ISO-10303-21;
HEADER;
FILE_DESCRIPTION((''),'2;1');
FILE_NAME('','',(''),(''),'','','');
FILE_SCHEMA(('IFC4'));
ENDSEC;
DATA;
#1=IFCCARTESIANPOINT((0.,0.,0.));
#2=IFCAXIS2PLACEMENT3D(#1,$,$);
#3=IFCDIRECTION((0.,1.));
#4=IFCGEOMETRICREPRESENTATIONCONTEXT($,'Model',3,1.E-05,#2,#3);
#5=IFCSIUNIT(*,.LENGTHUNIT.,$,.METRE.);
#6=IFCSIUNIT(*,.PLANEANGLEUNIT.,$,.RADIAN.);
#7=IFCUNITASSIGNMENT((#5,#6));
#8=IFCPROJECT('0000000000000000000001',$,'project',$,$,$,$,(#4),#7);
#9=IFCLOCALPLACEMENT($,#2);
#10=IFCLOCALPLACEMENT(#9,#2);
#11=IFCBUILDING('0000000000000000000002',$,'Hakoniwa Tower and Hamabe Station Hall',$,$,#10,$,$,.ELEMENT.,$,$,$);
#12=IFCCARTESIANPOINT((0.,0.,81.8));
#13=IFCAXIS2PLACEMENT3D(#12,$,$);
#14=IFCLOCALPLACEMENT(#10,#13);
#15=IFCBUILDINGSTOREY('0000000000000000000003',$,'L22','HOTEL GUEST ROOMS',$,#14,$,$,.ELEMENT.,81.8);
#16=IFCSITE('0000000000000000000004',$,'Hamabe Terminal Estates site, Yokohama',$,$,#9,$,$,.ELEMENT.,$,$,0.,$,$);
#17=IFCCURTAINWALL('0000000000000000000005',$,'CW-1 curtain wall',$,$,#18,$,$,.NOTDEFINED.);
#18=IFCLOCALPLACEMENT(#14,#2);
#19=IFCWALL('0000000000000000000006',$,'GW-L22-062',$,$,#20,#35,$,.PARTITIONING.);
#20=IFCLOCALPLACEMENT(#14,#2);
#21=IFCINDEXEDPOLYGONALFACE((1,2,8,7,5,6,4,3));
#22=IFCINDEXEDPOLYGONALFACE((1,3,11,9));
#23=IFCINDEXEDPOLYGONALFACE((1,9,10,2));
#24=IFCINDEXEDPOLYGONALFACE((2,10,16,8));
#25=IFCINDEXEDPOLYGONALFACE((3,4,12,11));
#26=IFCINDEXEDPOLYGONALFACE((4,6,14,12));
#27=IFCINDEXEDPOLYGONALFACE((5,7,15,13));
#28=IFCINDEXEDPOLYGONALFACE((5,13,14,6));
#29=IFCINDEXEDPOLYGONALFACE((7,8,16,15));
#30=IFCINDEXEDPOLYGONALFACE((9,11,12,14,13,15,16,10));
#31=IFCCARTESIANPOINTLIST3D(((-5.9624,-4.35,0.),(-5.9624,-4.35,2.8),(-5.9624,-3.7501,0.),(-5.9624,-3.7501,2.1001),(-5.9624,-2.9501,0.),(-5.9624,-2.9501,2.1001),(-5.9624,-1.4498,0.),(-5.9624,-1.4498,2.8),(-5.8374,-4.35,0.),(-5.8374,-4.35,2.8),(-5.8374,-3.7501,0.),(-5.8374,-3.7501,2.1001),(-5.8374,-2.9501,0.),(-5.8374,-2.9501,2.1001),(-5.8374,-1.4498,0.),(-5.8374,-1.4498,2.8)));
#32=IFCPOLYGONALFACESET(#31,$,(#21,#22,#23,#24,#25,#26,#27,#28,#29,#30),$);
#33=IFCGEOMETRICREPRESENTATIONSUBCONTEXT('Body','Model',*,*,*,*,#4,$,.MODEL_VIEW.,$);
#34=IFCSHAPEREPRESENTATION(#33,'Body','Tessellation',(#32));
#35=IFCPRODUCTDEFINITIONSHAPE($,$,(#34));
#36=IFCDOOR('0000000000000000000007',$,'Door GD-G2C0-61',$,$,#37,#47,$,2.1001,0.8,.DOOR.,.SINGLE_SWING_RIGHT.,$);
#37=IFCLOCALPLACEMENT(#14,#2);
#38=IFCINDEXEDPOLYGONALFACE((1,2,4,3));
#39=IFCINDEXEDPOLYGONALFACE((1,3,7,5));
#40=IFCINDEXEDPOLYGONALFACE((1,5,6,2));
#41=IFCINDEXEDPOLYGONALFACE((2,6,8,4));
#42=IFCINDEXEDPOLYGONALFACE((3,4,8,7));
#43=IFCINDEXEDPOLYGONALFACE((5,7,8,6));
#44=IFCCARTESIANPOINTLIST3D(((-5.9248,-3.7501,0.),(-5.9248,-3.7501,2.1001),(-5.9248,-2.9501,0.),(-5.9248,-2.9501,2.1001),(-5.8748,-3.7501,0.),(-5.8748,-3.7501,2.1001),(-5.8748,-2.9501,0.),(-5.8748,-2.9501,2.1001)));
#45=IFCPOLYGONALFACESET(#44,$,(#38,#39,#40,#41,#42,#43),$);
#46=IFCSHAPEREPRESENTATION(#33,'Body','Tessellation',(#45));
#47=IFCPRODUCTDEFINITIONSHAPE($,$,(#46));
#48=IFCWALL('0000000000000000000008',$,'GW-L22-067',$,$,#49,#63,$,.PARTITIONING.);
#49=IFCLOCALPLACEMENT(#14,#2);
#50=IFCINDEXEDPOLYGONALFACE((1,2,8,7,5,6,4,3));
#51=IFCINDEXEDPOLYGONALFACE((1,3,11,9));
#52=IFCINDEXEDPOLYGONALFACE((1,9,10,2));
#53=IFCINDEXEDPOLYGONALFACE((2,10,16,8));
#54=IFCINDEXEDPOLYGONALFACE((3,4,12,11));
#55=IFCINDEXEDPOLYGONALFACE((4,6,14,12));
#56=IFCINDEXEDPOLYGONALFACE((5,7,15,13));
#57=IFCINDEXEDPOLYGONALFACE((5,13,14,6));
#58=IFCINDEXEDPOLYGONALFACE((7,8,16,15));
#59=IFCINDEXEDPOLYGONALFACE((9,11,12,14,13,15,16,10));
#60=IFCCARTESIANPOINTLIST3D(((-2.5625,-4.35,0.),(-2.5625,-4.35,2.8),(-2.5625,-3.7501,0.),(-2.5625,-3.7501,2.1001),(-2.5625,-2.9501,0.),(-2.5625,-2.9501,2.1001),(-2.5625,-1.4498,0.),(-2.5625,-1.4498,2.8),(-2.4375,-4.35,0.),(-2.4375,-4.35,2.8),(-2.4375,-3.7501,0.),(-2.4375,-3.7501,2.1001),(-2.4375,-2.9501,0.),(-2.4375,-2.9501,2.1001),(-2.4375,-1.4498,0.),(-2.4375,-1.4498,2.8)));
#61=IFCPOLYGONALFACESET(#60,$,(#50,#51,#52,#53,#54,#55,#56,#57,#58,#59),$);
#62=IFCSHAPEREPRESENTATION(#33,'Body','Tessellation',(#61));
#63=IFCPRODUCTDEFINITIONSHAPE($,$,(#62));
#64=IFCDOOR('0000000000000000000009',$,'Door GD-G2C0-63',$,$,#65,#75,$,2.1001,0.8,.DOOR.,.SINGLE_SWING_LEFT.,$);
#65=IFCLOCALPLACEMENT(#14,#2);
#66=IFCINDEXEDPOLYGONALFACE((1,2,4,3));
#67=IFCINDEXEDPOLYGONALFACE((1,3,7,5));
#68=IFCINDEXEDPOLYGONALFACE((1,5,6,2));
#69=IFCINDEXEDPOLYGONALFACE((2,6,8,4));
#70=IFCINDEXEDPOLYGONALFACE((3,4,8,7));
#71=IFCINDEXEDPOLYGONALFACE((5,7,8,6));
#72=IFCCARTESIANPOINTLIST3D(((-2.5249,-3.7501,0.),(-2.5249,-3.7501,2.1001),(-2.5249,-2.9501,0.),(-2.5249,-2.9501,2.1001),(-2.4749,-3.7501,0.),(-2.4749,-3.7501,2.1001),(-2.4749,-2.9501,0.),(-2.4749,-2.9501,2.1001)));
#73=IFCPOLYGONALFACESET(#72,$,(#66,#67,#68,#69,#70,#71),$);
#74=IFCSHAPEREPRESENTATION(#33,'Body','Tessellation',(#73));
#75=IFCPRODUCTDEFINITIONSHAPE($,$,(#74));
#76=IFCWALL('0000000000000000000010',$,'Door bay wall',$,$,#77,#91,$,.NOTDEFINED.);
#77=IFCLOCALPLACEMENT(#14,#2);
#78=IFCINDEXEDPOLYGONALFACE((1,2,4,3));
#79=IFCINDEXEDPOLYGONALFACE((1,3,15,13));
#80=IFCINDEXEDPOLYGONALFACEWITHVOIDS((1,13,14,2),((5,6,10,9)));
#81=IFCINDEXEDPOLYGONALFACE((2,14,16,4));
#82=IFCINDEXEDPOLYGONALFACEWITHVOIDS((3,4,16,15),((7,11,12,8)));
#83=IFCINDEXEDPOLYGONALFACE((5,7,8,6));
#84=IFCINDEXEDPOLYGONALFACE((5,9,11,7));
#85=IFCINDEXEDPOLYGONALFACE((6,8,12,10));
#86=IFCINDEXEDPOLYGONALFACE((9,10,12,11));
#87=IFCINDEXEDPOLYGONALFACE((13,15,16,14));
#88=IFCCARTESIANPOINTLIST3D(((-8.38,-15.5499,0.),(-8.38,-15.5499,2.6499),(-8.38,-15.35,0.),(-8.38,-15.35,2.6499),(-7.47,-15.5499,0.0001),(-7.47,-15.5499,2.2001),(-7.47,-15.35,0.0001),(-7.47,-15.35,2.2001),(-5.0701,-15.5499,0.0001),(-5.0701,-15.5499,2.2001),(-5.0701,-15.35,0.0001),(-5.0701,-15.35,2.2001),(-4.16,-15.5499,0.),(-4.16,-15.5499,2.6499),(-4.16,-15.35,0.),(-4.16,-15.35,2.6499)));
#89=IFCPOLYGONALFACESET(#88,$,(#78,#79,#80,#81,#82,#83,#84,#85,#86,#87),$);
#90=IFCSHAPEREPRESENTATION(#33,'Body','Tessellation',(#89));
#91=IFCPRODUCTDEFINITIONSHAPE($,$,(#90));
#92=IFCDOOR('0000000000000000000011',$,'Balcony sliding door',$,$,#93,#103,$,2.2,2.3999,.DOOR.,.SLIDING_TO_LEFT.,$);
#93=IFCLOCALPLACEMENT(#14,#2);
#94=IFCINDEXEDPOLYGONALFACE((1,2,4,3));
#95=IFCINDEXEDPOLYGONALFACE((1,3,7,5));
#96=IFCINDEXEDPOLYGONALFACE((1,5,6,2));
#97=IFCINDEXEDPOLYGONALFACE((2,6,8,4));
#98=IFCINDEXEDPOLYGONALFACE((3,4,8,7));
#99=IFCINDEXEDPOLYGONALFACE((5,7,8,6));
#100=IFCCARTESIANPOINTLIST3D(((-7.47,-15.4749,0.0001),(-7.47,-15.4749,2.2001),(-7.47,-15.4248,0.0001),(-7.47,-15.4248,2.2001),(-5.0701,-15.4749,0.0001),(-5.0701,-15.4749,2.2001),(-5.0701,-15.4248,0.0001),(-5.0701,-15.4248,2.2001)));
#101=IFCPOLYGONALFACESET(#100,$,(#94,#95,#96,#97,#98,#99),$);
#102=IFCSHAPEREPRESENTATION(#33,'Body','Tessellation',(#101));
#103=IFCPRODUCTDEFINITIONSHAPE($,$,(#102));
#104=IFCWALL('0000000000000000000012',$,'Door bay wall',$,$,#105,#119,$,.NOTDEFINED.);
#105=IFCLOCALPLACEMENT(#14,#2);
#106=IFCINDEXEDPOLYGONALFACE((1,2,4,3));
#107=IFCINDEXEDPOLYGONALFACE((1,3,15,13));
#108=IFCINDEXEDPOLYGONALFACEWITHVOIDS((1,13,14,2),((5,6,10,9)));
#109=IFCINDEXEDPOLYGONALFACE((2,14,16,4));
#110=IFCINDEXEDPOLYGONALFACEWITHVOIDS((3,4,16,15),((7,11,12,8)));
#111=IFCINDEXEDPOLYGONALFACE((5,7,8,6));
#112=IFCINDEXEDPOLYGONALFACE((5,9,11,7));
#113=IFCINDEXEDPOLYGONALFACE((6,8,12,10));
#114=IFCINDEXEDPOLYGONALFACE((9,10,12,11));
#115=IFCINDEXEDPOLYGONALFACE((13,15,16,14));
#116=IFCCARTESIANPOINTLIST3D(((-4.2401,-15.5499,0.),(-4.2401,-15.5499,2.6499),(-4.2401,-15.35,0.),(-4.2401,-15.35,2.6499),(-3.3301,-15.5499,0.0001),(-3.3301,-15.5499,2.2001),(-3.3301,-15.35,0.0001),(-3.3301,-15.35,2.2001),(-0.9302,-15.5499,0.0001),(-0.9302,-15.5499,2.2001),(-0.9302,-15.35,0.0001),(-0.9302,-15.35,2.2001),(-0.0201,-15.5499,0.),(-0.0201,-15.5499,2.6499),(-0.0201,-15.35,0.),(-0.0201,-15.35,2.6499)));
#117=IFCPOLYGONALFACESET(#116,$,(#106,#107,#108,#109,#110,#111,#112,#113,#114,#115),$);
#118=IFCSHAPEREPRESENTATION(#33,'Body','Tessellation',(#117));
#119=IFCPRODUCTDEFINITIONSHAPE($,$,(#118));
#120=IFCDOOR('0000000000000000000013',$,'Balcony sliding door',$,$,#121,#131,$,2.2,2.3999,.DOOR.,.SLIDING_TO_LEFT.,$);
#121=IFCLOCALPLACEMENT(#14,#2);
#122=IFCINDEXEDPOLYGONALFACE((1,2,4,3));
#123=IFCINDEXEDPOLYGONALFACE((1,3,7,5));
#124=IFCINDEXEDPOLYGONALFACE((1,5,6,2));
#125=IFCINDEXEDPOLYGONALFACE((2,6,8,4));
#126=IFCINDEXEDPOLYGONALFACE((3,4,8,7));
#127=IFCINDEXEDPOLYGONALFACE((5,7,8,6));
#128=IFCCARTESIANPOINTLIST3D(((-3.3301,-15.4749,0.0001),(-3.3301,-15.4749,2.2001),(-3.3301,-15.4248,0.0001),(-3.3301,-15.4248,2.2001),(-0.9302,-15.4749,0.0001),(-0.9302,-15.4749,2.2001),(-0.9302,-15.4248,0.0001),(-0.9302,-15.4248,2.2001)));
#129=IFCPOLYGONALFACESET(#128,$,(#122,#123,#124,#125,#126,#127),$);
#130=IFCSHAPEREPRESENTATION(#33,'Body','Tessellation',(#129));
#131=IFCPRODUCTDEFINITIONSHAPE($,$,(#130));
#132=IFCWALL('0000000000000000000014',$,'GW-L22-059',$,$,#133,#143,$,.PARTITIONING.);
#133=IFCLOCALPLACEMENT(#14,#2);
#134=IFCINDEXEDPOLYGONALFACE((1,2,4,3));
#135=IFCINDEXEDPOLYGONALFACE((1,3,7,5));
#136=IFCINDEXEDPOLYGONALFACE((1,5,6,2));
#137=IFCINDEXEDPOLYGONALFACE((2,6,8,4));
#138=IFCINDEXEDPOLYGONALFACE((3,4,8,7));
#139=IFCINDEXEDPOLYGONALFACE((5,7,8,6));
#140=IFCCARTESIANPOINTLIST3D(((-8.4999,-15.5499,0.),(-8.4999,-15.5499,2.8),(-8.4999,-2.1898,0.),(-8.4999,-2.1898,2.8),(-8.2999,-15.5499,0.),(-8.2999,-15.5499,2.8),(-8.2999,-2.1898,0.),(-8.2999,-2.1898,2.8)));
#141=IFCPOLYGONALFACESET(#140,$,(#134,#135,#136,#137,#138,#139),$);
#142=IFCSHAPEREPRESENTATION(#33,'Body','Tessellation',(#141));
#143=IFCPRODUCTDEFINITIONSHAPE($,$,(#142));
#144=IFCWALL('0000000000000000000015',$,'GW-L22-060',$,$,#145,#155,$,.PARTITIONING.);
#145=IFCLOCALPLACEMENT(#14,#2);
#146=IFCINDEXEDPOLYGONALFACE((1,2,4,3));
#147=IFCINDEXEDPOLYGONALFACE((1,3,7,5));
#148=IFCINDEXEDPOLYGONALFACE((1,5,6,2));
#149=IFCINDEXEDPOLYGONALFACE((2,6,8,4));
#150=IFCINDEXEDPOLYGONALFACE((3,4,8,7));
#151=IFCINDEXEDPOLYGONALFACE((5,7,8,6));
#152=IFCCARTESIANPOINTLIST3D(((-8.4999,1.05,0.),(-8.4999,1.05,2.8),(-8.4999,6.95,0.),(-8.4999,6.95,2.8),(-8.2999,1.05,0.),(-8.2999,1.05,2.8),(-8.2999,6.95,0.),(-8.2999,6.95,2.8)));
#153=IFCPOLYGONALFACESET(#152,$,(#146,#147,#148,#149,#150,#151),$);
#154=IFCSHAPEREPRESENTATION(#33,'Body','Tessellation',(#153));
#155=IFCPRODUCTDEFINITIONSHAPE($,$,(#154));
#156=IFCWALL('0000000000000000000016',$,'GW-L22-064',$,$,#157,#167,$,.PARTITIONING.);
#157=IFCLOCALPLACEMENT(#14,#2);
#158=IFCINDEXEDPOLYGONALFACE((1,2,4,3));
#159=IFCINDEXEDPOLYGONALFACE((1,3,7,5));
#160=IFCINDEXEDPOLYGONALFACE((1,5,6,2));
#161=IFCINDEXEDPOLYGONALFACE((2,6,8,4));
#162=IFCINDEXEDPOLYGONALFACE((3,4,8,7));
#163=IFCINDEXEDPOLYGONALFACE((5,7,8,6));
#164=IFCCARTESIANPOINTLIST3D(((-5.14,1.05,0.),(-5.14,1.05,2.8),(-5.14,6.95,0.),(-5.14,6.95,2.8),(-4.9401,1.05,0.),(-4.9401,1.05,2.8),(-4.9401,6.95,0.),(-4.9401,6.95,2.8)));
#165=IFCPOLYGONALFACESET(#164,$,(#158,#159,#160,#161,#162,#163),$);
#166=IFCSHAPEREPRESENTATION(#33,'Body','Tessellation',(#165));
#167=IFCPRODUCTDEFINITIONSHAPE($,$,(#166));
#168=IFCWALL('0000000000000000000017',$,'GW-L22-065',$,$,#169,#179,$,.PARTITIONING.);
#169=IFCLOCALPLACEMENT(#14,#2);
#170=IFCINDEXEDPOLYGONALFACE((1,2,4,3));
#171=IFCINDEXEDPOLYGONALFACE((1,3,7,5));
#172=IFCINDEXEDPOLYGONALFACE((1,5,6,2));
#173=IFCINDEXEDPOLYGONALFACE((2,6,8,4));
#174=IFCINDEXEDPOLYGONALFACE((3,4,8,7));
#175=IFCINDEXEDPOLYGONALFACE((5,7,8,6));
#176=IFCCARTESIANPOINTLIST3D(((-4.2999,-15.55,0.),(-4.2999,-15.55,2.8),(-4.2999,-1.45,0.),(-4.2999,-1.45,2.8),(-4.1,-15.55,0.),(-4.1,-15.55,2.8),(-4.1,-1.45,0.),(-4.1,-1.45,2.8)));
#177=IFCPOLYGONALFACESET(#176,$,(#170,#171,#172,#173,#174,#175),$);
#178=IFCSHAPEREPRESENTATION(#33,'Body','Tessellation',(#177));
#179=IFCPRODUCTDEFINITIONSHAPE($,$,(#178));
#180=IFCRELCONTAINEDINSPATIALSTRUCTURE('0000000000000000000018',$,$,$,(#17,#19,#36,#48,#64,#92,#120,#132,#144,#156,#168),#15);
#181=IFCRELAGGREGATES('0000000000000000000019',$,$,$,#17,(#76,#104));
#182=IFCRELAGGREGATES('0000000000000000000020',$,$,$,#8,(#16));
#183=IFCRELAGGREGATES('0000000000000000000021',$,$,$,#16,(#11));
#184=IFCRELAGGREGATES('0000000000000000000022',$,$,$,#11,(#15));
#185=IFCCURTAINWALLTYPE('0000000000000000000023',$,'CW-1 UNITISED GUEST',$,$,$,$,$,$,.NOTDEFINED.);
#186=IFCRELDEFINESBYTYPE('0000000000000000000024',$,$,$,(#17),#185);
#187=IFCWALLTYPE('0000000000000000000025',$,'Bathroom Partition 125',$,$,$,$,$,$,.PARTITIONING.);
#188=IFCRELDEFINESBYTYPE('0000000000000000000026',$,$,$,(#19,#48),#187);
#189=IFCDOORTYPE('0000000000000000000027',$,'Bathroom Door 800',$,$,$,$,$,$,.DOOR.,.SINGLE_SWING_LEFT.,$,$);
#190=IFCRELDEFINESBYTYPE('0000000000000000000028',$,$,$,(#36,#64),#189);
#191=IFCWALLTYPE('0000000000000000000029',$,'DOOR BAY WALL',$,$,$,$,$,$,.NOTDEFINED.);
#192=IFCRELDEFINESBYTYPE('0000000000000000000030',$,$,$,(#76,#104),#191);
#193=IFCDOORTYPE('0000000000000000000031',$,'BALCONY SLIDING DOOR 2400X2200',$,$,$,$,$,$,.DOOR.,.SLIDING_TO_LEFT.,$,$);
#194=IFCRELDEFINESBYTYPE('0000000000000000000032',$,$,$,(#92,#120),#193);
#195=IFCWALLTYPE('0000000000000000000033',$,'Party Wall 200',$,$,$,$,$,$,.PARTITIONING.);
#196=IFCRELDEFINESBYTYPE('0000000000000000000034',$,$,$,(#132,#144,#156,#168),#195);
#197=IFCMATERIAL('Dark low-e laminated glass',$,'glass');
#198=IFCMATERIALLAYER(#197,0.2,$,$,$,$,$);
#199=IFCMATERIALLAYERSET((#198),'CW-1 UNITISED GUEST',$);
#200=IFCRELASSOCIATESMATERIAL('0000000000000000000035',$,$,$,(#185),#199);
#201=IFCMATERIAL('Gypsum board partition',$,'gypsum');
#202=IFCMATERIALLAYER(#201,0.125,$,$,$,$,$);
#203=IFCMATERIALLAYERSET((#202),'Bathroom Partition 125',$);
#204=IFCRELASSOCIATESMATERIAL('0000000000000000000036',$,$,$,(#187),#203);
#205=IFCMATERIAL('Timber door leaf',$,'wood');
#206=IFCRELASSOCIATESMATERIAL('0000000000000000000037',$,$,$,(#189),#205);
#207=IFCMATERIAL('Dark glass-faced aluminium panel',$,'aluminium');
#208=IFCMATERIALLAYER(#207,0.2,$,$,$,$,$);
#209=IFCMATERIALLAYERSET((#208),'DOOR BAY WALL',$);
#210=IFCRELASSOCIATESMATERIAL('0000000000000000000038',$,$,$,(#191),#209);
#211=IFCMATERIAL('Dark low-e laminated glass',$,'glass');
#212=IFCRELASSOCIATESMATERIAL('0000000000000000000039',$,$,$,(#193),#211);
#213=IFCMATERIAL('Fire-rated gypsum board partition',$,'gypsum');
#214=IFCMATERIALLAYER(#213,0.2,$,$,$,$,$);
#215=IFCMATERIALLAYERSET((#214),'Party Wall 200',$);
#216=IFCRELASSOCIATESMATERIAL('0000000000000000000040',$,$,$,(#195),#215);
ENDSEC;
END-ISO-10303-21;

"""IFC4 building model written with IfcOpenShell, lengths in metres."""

from ifc_helpers import new_model, si_unit, direction, frame, frame_2d, origin, place, context, subcontext, project, spatial, rectangle, extrude, material, layer, layer_set, type_object, element, fill, aggregate, save


model = new_model("IFC4")

# Units and contexts
model_context = context("Model", 3, precision=1e-05, world=origin(), true_north=direction((0.0, 1.0)))
body_context = subcontext(model_context, "Body", "Model", "MODEL_VIEW")
ifc_project = project(units=[si_unit("LENGTHUNIT", "METRE"), si_unit("PLANEANGLEUNIT", "RADIAN")], contexts=[model_context])

# Site, building, storey
site_placement = place(None, origin())
site = spatial("IfcSite", under=ifc_project, at=site_placement, Name="Hamabe Terminal Estates site, Yokohama", CompositionType="ELEMENT", RefElevation=0.0)
building_placement = place(site_placement, origin())
building = spatial("IfcBuilding", under=site, at=building_placement, Name="Hakoniwa Tower and Hamabe Station Hall", CompositionType="ELEMENT")
storey_placement = place(building_placement, frame((0.0, 0.0, 81.8)))
storey = spatial("IfcBuildingStorey", under=building, at=storey_placement, Name="L22", Description="HOTEL GUEST ROOMS", CompositionType="ELEMENT", Elevation=81.8)

# Curtain wall
ifc_material_1 = material(Name="Dark low-e laminated glass", Category="glass")
ifc_layer_1 = layer(ifc_material_1, 0.2)
ifc_layer_set_1 = layer_set([ifc_layer_1], Name="CW-1 UNITISED GUEST")
curtain_wall_type = type_object("IfcCurtainWallType", Name="CW-1 UNITISED GUEST", PredefinedType="NOTDEFINED", material=ifc_layer_set_1)
curtain_wall_placement = place(storey_placement, origin())
curtain_wall = element("IfcCurtainWall", 1, at=curtain_wall_placement, inside=storey, type_object=curtain_wall_type, Name="CW-1 curtain wall", PredefinedType="NOTDEFINED")

# Shared definitions
ifc_material_2 = material(Name="Gypsum board partition", Category="gypsum")
ifc_layer_2 = layer(ifc_material_2, 0.125)
ifc_layer_set_2 = layer_set([ifc_layer_2], Name="Bathroom Partition 125")
wall_type_1 = type_object("IfcWallType", Name="Bathroom Partition 125", PredefinedType="PARTITIONING", material=ifc_layer_set_2)
ifc_material_3 = material(Name="Timber door leaf", Category="wood")
door_type_1 = type_object("IfcDoorType", Name="Bathroom Door 800", OperationType="SINGLE_SWING_LEFT", PredefinedType="DOOR", material=ifc_material_3)

# Walls, openings, doors
wall_1_placement = place(storey_placement, frame((-5.8999, -4.3501, 0.0), z_axis=(0.0, 0.0, 1.0), x_axis=(0.0, 1.0, 0.0)))
wall_1 = element("IfcWall", 2, at=wall_1_placement, inside=storey, type_object=wall_type_1, Name="GW-L22-062", PredefinedType="PARTITIONING", context=body_context, shape_type="SweptSolid", body=[
    extrude(rectangle(XDim=2.9001, YDim=0.125, at=frame_2d((1.4502, 0.0))), origin(), (0.0, 0.0, 1.0), 2.8),
])
opening_1_placement = place(wall_1_placement, frame((0.6001, 0.0, 0.0)))
opening_1 = element("IfcOpeningElement", 3, at=opening_1_placement, cuts=wall_1, PredefinedType="OPENING", context=body_context, shape_type="SweptSolid", body=[
    extrude(rectangle(XDim=0.8, YDim=2.1001, at=frame_2d((0.3999, 1.05))), frame((0.0, 0.0725, 0.0), z_axis=(0.0, -1.0, 0.0), x_axis=(1.0, 0.0, 0.0)), (0.0, 0.0, 1.0), 0.145),
])
door_1_placement = place(opening_1_placement, origin())
door_1 = element("IfcDoor", 4, at=door_1_placement, inside=storey, type_object=door_type_1, Name="Door GD-G2C0-61", OperationType="SINGLE_SWING_RIGHT", OverallHeight=2.1001, OverallWidth=0.8, PredefinedType="DOOR", context=body_context, shape_type="SweptSolid", body=[
    extrude(rectangle(XDim=0.8, YDim=2.1001, at=frame_2d((0.3999, 1.05))), frame((0.0, 0.0249, 0.0), z_axis=(0.0, -1.0, 0.0), x_axis=(1.0, 0.0, 0.0)), (0.0, 0.0, 1.0), 0.05),
])
fill(opening_1, door_1)
wall_2_placement = place(storey_placement, frame((-2.5, -4.3501, 0.0), z_axis=(0.0, 0.0, 1.0), x_axis=(0.0, 1.0, 0.0)))
wall_2 = element("IfcWall", 5, at=wall_2_placement, inside=storey, type_object=wall_type_1, Name="GW-L22-067", PredefinedType="PARTITIONING", context=body_context, shape_type="SweptSolid", body=[
    extrude(rectangle(XDim=2.9001, YDim=0.125, at=frame_2d((1.4502, 0.0))), origin(), (0.0, 0.0, 1.0), 2.8),
])
opening_2_placement = place(wall_2_placement, frame((0.6001, 0.0, 0.0)))
opening_2 = element("IfcOpeningElement", 6, at=opening_2_placement, cuts=wall_2, PredefinedType="OPENING", context=body_context, shape_type="SweptSolid", body=[
    extrude(rectangle(XDim=0.8, YDim=2.1001, at=frame_2d((0.3999, 1.05))), frame((0.0, 0.0725, 0.0), z_axis=(0.0, -1.0, 0.0), x_axis=(1.0, 0.0, 0.0)), (0.0, 0.0, 1.0), 0.145),
])
door_2_placement = place(opening_2_placement, origin())
door_2 = element("IfcDoor", 7, at=door_2_placement, inside=storey, type_object=door_type_1, Name="Door GD-G2C0-63", OperationType="SINGLE_SWING_LEFT", OverallHeight=2.1001, OverallWidth=0.8, PredefinedType="DOOR", context=body_context, shape_type="SweptSolid", body=[
    extrude(rectangle(XDim=0.8, YDim=2.1001, at=frame_2d((0.3999, 1.05))), frame((0.0, 0.0249, 0.0), z_axis=(0.0, -1.0, 0.0), x_axis=(1.0, 0.0, 0.0)), (0.0, 0.0, 1.0), 0.05),
])
fill(opening_2, door_2)
ifc_material_4 = material(Name="Dark glass-faced aluminium panel", Category="aluminium")
ifc_layer_3 = layer(ifc_material_4, 0.2)
ifc_layer_set_3 = layer_set([ifc_layer_3], Name="DOOR BAY WALL")
wall_type_2 = type_object("IfcWallType", Name="DOOR BAY WALL", PredefinedType="NOTDEFINED", material=ifc_layer_set_3)
wall_3_placement = place(storey_placement, frame((-8.3799, -15.45, 0.0), z_axis=(0.0, 0.0, 1.0), x_axis=(1.0, 0.0, 0.0)))
wall_3 = element("IfcWall", 8, at=wall_3_placement, type_object=wall_type_2, Name="Door bay wall", PredefinedType="NOTDEFINED", context=body_context, shape_type="SweptSolid", body=[
    extrude(rectangle(XDim=4.22, YDim=0.2, at=frame_2d((2.1099, 0.0))), origin(), (0.0, 0.0, 1.0), 2.6499),
])
opening_3_placement = place(wall_3_placement, frame((0.9099, 0.0, 0.0)))
opening_3 = element("IfcOpeningElement", 9, at=opening_3_placement, cuts=wall_3, PredefinedType="OPENING", context=body_context, shape_type="SweptSolid", body=[
    extrude(rectangle(XDim=2.3999, YDim=2.2, at=frame_2d((1.2, 1.1001))), frame((0.0, 0.1099, 0.0), z_axis=(0.0, -1.0, 0.0), x_axis=(1.0, 0.0, 0.0)), (0.0, 0.0, 1.0), 0.22),
])
ifc_material_5 = material(Name="Dark low-e laminated glass", Category="glass")
door_type_2 = type_object("IfcDoorType", Name="BALCONY SLIDING DOOR 2400X2200", OperationType="SLIDING_TO_LEFT", PredefinedType="DOOR", material=ifc_material_5)
door_3_placement = place(opening_3_placement, frame((2.3999, 0.0, 0.0), z_axis=(0.0, 0.0, 1.0), x_axis=(-1.0, 0.0, 0.0)))
door_3 = element("IfcDoor", 10, at=door_3_placement, inside=storey, type_object=door_type_2, Name="Balcony sliding door", OperationType="SLIDING_TO_LEFT", OverallHeight=2.2, OverallWidth=2.3999, PredefinedType="DOOR", context=body_context, shape_type="SweptSolid", body=[
    extrude(rectangle(XDim=2.3999, YDim=2.2, at=frame_2d((1.2, 1.1001))), frame((0.0, 0.0249, 0.0), z_axis=(0.0, -1.0, 0.0), x_axis=(1.0, 0.0, 0.0)), (0.0, 0.0, 1.0), 0.05),
])
fill(opening_3, door_3)
wall_4_placement = place(storey_placement, frame((-4.24, -15.45, 0.0), z_axis=(0.0, 0.0, 1.0), x_axis=(1.0, 0.0, 0.0)))
wall_4 = element("IfcWall", 11, at=wall_4_placement, type_object=wall_type_2, Name="Door bay wall", PredefinedType="NOTDEFINED", context=body_context, shape_type="SweptSolid", body=[
    extrude(rectangle(XDim=4.22, YDim=0.2, at=frame_2d((2.1099, 0.0))), origin(), (0.0, 0.0, 1.0), 2.6499),
])
opening_4_placement = place(wall_4_placement, frame((0.9099, 0.0, 0.0)))
opening_4 = element("IfcOpeningElement", 12, at=opening_4_placement, cuts=wall_4, PredefinedType="OPENING", context=body_context, shape_type="SweptSolid", body=[
    extrude(rectangle(XDim=2.3999, YDim=2.2, at=frame_2d((1.2, 1.1001))), frame((0.0, 0.1099, 0.0), z_axis=(0.0, -1.0, 0.0), x_axis=(1.0, 0.0, 0.0)), (0.0, 0.0, 1.0), 0.22),
])
door_4_placement = place(opening_4_placement, frame((2.3999, 0.0, 0.0), z_axis=(0.0, 0.0, 1.0), x_axis=(-1.0, 0.0, 0.0)))
door_4 = element("IfcDoor", 13, at=door_4_placement, inside=storey, type_object=door_type_2, Name="Balcony sliding door", OperationType="SLIDING_TO_LEFT", OverallHeight=2.2, OverallWidth=2.3999, PredefinedType="DOOR", context=body_context, shape_type="SweptSolid", body=[
    extrude(rectangle(XDim=2.3999, YDim=2.2, at=frame_2d((1.2, 1.1001))), frame((0.0, 0.0249, 0.0), z_axis=(0.0, -1.0, 0.0), x_axis=(1.0, 0.0, 0.0)), (0.0, 0.0, 1.0), 0.05),
])
fill(opening_4, door_4)
aggregate(curtain_wall, [wall_3, wall_4])

# Walls
ifc_material_6 = material(Name="Fire-rated gypsum board partition", Category="gypsum")
ifc_layer_4 = layer(ifc_material_6, 0.2)
ifc_layer_set_4 = layer_set([ifc_layer_4], Name="Party Wall 200")
wall_type_3 = type_object("IfcWallType", Name="Party Wall 200", PredefinedType="PARTITIONING", material=ifc_layer_set_4)
wall_5_placement = place(storey_placement, frame((-8.3999, -15.55, 0.0), z_axis=(0.0, 0.0, 1.0), x_axis=(0.0, 1.0, 0.0)))
element("IfcWall", 14, at=wall_5_placement, inside=storey, type_object=wall_type_3, Name="GW-L22-059", PredefinedType="PARTITIONING", context=body_context, shape_type="SweptSolid", body=[
    extrude(rectangle(XDim=13.3601, YDim=0.2, at=frame_2d((6.6802, 0.0))), origin(), (0.0, 0.0, 1.0), 2.8),
])
for number, where, z_axis, x_axis, name in (
    (15, (-8.3999, 1.05, 0.0), (0.0, 0.0, 1.0), (0.0, 1.0, 0.0), "GW-L22-060"),
    (16, (-5.04, 1.05, 0.0), (0.0, 0.0, 1.0), (0.0, 1.0, 0.0), "GW-L22-064"),
):
    element("IfcWall", number, at=place(storey_placement, frame(where, z_axis=z_axis, x_axis=x_axis)), inside=storey, type_object=wall_type_3, Name=name, PredefinedType="PARTITIONING", context=body_context, shape_type="SweptSolid", body=[
        extrude(rectangle(XDim=5.8999, YDim=0.2, at=frame_2d((2.95, 0.0))), origin(), (0.0, 0.0, 1.0), 2.8),
    ])
wall_6_placement = place(storey_placement, frame((-4.2, -15.55, 0.0), z_axis=(0.0, 0.0, 1.0), x_axis=(0.0, 1.0, 0.0)))
element("IfcWall", 17, at=wall_6_placement, inside=storey, type_object=wall_type_3, Name="GW-L22-065", PredefinedType="PARTITIONING", context=body_context, shape_type="SweptSolid", body=[
    extrude(rectangle(XDim=14.1001, YDim=0.2, at=frame_2d((7.05, 0.0))), origin(), (0.0, 0.0, 1.0), 2.8),
])

save(model, "model.ifc")
